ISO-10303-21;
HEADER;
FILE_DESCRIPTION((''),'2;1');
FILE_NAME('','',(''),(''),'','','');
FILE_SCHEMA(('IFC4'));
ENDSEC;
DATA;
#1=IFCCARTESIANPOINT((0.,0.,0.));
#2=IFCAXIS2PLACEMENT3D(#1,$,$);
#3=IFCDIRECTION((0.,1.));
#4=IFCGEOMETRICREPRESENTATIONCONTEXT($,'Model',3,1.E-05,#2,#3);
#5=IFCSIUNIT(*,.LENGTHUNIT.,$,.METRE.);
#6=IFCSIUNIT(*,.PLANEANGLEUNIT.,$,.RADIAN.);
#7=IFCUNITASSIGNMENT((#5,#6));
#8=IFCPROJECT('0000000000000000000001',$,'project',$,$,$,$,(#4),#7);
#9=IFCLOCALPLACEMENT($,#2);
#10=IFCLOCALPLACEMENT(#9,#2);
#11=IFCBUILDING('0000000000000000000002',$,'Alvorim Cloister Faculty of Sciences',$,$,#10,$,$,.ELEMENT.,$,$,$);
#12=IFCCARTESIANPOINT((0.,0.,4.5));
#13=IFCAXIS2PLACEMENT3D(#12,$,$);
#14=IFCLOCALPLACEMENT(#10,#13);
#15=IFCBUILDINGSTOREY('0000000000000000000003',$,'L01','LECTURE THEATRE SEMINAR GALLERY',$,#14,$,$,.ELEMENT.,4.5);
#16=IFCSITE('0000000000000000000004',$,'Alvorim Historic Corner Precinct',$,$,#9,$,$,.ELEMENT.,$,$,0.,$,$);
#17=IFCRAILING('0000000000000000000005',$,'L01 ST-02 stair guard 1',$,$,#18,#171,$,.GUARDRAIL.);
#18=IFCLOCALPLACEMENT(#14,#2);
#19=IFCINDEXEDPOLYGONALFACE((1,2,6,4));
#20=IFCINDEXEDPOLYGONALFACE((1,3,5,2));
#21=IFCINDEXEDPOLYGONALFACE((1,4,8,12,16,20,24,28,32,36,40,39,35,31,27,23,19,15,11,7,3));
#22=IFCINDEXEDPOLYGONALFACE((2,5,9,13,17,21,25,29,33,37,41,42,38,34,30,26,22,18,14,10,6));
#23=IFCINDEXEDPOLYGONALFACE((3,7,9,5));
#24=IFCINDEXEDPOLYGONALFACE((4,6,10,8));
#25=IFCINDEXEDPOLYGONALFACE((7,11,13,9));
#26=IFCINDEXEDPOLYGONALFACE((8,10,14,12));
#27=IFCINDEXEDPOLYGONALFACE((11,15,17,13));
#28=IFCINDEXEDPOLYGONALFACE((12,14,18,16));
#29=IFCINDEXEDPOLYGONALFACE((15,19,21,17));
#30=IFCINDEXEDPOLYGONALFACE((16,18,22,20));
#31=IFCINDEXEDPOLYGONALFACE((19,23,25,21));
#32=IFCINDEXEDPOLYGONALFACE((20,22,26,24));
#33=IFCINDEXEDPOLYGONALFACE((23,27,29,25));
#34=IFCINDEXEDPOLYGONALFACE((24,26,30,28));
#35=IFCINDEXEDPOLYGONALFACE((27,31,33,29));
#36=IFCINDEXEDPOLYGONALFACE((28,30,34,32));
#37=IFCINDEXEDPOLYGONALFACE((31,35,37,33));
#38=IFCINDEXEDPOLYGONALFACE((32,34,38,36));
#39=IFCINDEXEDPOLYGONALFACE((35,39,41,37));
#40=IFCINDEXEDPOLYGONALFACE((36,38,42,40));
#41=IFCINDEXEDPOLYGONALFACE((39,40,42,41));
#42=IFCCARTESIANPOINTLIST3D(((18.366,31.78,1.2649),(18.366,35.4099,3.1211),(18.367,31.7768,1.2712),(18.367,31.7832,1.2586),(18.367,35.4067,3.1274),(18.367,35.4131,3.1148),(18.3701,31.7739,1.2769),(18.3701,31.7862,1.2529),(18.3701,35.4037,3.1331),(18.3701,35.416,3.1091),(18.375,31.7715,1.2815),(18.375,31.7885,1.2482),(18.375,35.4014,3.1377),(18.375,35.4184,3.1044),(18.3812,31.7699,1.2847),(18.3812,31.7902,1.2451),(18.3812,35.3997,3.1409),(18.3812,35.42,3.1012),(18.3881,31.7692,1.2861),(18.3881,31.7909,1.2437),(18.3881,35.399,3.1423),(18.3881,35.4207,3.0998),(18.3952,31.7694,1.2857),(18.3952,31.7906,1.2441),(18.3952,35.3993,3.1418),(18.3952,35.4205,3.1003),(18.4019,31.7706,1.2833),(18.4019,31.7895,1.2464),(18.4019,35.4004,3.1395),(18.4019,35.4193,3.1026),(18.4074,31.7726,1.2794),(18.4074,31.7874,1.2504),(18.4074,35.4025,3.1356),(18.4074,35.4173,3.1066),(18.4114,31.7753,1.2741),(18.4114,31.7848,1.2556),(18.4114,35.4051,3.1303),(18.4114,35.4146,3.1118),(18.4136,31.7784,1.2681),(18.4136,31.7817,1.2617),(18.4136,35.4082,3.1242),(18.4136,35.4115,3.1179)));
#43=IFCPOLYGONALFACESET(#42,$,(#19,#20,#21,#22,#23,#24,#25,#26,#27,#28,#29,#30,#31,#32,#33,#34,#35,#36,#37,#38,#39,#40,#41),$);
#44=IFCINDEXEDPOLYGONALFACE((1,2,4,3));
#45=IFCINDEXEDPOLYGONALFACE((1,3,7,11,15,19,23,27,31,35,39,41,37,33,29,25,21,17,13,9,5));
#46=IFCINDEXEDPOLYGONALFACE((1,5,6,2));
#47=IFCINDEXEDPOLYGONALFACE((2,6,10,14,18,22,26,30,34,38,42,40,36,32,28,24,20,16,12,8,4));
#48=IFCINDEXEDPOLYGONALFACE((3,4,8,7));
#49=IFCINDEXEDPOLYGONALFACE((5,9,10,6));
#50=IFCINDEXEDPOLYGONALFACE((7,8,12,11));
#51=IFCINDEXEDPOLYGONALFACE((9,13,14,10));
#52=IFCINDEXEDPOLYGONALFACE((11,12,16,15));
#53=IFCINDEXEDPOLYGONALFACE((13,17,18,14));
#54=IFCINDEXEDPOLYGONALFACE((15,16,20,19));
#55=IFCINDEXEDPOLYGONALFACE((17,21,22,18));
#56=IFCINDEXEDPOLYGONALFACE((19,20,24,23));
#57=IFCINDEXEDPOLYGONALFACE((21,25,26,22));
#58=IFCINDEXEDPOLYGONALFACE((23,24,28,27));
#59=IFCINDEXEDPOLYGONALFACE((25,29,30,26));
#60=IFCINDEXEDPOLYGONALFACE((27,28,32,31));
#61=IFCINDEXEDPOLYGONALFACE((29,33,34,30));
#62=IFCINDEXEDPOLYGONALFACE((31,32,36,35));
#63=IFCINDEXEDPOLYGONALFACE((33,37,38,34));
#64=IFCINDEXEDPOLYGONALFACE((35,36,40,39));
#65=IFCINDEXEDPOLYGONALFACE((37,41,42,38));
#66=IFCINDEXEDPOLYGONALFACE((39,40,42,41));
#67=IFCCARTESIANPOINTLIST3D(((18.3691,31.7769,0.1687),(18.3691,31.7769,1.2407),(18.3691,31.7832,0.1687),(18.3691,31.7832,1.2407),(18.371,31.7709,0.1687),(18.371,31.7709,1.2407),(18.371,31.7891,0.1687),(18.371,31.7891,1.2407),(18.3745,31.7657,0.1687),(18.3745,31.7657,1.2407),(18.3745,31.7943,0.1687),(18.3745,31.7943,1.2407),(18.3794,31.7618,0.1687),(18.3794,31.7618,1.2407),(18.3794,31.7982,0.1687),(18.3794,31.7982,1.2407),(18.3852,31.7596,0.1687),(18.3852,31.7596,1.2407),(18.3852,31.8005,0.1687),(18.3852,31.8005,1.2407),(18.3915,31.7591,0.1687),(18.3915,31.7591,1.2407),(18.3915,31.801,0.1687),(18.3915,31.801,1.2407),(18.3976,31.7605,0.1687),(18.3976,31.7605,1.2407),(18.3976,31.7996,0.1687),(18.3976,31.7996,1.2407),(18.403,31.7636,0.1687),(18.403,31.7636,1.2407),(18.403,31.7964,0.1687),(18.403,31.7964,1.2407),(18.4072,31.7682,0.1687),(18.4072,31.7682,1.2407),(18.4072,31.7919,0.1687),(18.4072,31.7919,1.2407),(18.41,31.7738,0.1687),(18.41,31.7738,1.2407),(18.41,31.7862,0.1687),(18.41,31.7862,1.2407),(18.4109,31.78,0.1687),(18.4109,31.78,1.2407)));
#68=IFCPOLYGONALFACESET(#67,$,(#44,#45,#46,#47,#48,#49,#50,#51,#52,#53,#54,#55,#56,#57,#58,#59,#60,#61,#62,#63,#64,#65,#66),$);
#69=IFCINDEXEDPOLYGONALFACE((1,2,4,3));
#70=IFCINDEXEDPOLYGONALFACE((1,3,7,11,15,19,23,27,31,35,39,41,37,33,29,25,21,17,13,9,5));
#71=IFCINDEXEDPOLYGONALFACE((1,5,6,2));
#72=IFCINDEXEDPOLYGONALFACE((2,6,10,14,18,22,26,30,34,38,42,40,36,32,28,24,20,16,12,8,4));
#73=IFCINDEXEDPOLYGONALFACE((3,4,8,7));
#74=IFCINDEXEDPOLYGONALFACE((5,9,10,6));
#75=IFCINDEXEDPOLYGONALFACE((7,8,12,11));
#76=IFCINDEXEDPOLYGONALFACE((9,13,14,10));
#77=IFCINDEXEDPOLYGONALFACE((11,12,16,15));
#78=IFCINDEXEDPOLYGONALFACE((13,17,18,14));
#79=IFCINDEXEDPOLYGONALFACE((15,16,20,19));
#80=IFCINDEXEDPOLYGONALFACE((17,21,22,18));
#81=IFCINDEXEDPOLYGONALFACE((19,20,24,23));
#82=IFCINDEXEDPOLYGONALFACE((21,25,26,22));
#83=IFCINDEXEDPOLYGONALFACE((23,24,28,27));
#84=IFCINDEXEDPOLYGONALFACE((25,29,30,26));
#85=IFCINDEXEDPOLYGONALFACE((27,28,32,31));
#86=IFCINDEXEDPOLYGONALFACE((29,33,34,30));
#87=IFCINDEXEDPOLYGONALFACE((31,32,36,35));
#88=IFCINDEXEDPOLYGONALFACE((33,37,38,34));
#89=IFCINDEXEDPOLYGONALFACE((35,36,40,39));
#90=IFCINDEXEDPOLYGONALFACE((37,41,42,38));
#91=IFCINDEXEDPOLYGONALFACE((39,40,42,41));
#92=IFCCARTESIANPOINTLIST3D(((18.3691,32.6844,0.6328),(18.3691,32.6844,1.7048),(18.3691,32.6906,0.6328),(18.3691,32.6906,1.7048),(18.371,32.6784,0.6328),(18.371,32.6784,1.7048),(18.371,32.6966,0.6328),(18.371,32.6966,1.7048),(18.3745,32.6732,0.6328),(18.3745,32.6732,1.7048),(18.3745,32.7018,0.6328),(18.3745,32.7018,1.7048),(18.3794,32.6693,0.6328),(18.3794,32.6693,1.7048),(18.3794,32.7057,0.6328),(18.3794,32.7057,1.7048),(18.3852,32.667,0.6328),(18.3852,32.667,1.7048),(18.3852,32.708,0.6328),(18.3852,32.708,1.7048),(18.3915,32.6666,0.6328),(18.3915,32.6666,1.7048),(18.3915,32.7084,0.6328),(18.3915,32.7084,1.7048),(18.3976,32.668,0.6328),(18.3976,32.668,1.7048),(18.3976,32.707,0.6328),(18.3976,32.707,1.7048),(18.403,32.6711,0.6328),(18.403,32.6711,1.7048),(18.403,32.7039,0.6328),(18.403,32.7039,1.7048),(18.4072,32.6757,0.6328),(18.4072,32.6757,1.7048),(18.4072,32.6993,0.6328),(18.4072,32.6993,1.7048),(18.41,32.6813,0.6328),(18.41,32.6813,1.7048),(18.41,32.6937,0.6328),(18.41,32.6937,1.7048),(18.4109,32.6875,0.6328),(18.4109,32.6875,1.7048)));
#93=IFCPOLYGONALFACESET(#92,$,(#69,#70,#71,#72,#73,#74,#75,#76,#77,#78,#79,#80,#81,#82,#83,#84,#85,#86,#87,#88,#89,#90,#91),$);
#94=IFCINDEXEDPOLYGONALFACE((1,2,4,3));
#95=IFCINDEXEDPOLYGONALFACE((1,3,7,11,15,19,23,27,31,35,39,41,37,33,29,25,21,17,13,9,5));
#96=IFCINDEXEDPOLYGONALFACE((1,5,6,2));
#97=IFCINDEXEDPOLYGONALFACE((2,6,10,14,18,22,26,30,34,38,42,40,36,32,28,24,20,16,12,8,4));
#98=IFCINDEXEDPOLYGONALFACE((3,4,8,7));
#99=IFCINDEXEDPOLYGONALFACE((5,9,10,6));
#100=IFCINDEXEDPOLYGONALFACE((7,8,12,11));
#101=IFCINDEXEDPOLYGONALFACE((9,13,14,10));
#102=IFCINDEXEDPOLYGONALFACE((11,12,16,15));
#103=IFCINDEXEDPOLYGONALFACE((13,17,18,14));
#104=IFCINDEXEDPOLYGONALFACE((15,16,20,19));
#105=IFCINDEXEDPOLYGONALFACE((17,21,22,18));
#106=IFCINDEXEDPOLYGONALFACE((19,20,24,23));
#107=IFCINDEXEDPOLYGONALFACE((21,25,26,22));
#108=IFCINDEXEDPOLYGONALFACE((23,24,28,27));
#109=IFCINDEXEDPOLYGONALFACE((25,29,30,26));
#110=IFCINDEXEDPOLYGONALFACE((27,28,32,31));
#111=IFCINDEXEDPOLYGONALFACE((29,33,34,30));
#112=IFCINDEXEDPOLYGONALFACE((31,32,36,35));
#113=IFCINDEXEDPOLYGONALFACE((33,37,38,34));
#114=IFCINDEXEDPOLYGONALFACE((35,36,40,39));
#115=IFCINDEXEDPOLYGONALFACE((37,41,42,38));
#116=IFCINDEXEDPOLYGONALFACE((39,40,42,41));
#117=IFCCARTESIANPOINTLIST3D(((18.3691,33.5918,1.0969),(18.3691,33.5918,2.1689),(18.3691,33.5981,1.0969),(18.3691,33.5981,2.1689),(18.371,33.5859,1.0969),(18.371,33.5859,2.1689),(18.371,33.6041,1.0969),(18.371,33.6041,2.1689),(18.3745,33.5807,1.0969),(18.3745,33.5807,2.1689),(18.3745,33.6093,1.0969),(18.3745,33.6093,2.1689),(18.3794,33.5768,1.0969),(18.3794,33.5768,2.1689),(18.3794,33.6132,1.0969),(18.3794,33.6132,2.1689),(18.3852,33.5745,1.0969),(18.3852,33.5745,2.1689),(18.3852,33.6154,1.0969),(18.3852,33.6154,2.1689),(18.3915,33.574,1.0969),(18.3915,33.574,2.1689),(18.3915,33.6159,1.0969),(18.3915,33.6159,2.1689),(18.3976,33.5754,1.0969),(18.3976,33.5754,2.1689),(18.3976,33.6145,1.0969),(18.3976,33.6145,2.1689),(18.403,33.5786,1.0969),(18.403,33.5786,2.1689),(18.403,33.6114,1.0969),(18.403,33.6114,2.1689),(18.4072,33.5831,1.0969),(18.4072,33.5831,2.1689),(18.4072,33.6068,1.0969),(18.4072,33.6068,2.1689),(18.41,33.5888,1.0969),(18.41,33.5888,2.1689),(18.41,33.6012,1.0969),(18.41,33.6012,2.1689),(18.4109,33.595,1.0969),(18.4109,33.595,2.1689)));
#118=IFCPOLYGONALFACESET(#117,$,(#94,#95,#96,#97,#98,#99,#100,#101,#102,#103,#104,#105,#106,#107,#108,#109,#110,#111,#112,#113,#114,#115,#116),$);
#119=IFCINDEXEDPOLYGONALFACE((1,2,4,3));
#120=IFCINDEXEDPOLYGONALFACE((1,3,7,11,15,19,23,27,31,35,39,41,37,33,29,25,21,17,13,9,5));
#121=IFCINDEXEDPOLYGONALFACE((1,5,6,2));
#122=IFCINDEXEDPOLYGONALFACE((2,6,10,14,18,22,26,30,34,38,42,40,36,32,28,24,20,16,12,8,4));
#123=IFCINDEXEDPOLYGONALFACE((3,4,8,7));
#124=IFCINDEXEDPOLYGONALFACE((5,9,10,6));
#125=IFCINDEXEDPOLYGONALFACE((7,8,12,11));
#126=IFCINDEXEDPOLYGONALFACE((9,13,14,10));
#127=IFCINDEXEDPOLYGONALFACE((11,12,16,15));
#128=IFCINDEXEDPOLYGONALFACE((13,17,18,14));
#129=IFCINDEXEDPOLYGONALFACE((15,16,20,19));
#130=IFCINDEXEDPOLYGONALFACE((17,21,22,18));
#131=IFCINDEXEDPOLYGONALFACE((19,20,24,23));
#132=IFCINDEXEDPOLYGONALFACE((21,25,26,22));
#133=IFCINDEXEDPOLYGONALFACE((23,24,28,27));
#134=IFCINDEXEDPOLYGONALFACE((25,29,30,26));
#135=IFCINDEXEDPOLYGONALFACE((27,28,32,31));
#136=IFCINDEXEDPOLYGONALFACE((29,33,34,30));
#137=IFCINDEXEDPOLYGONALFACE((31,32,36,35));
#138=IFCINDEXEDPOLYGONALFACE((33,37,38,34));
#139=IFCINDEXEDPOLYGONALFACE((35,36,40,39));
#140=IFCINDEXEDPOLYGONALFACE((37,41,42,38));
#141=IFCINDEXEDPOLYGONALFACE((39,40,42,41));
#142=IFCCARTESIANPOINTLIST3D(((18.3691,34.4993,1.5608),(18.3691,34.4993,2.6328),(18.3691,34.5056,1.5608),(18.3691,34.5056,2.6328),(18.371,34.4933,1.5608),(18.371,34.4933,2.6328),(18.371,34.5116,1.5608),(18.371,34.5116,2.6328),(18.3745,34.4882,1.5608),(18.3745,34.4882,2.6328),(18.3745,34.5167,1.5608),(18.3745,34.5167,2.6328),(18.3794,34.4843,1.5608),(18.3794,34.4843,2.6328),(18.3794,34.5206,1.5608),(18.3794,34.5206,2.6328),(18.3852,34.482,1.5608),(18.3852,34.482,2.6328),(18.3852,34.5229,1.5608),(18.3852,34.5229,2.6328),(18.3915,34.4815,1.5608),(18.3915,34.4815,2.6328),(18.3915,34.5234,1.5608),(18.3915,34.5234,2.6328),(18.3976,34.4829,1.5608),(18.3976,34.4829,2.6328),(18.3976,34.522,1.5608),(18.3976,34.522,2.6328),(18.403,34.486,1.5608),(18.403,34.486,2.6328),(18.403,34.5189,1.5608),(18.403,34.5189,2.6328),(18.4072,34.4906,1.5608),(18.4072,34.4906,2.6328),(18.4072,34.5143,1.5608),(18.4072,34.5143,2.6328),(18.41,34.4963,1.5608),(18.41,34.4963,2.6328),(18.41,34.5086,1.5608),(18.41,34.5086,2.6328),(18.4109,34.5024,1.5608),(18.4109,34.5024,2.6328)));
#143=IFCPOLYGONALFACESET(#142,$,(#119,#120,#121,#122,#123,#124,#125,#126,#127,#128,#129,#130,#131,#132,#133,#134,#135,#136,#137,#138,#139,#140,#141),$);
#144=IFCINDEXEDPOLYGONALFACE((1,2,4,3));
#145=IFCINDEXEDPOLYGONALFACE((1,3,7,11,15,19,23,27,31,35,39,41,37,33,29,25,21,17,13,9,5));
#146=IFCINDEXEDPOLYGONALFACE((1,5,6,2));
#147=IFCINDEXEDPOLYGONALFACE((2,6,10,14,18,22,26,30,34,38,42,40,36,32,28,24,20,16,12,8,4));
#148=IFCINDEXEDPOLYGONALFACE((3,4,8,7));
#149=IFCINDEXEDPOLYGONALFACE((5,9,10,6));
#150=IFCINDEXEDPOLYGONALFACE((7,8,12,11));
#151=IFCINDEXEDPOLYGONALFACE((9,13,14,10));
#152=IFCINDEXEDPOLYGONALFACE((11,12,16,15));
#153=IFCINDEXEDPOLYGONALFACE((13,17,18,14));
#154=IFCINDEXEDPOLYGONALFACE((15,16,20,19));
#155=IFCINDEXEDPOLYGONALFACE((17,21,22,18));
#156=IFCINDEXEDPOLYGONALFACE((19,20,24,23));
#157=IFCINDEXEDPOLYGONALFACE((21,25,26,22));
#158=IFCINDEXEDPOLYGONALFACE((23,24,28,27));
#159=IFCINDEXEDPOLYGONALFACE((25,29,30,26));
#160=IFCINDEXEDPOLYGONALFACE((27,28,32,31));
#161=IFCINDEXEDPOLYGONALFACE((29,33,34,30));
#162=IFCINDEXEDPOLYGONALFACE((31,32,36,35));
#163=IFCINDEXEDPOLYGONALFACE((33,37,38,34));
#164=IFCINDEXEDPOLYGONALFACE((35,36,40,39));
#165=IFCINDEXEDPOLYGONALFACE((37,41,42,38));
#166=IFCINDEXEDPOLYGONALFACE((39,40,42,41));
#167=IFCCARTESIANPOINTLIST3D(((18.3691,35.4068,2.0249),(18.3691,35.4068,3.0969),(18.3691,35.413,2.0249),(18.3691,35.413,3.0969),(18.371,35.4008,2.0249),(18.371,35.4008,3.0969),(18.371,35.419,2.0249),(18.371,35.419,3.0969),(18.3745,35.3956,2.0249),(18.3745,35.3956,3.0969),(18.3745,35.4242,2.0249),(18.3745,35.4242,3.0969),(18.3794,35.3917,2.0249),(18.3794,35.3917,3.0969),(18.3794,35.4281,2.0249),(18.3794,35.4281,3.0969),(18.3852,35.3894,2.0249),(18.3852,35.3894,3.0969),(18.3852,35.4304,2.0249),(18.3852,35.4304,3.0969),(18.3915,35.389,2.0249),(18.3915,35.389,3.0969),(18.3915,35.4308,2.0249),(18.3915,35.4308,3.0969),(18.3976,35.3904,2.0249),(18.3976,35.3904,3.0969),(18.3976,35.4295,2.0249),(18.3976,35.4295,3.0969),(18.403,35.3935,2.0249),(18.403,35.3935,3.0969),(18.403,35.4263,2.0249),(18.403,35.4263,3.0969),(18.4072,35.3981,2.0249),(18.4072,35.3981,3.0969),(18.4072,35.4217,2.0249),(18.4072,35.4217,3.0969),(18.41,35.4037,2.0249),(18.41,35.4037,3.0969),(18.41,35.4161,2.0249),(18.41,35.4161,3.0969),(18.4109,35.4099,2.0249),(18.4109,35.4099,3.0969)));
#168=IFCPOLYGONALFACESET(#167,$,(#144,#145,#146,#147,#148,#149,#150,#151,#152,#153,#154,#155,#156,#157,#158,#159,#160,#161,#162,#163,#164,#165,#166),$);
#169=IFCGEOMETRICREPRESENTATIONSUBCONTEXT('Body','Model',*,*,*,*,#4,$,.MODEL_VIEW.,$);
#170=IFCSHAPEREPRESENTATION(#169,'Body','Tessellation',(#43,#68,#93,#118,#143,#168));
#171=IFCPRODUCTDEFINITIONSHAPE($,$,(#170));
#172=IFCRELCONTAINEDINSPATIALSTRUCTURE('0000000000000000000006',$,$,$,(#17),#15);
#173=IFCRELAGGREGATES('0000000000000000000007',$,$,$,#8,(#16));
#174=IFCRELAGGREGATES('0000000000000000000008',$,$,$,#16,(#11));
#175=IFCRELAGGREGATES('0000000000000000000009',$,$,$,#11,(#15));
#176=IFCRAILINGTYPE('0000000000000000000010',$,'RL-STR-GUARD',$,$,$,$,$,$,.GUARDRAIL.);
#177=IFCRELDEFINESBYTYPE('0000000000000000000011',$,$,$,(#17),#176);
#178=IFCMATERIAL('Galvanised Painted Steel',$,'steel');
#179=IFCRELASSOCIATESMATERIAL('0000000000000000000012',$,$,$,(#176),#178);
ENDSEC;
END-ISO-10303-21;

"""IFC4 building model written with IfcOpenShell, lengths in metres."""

from ifc_helpers import new_model, si_unit, direction, frame, origin, origin_2d, place, context, subcontext, project, spatial, circle, extrude, material, type_object, element, save


model = new_model("IFC4")

# Units and contexts
model_context = context("Model", 3, precision=1e-05, world=origin(), true_north=direction((0.0, 1.0)))
body_context = subcontext(model_context, "Body", "Model", "MODEL_VIEW")
ifc_project = project(units=[si_unit("LENGTHUNIT", "METRE"), si_unit("PLANEANGLEUNIT", "RADIAN")], contexts=[model_context])

# Site, building, storey
site_placement = place(None, origin())
site = spatial("IfcSite", under=ifc_project, at=site_placement, Name="Alvorim Historic Corner Precinct", CompositionType="ELEMENT", RefElevation=0.0)
building_placement = place(site_placement, origin())
building = spatial("IfcBuilding", under=site, at=building_placement, Name="Alvorim Cloister Faculty of Sciences", CompositionType="ELEMENT")
storey_placement = place(building_placement, frame((0.0, 0.0, 4.5)))
storey = spatial("IfcBuildingStorey", under=building, at=storey_placement, Name="L01", Description="LECTURE THEATRE SEMINAR GALLERY", CompositionType="ELEMENT", Elevation=4.5)

# Railing
ifc_material_1 = material(Name="Galvanised Painted Steel", Category="steel")
railing_type_1 = type_object("IfcRailingType", Name="RL-STR-GUARD", PredefinedType="GUARDRAIL", material=ifc_material_1)
railing_1_placement = place(storey_placement, frame((18.3899, 31.78, 0.1687)))
element("IfcRailing", 1, at=railing_1_placement, inside=storey, type_object=railing_type_1, Name="L01 ST-02 stair guard 1", PredefinedType="GUARDRAIL", context=body_context, shape_type="SweptSolid", body=[
    extrude(circle(Radius=0.0239, at=origin_2d()), frame((0.0, 0.0, 1.0962), z_axis=(0.0, 0.890342, 0.455291), x_axis=(-1.0, 0.0, 0.0)), (0.0, 0.0, 1.0), 4.0769),
    extrude(circle(Radius=0.021, at=origin_2d()), origin(), (0.0, 0.0, 1.0), 1.072),
    extrude(circle(Radius=0.021, at=origin_2d()), frame((0.0, 0.9075, 0.4641)), (0.0, 0.0, 1.0), 1.072),
    extrude(circle(Radius=0.021, at=origin_2d()), frame((0.0, 1.8149, 0.9282)), (0.0, 0.0, 1.0), 1.072),
    extrude(circle(Radius=0.021, at=origin_2d()), frame((0.0, 2.7224, 1.3921)), (0.0, 0.0, 1.0), 1.072),
    extrude(circle(Radius=0.021, at=origin_2d()), frame((0.0, 3.6299, 1.8562)), (0.0, 0.0, 1.0), 1.072),
])

save(model, "model.ifc")
